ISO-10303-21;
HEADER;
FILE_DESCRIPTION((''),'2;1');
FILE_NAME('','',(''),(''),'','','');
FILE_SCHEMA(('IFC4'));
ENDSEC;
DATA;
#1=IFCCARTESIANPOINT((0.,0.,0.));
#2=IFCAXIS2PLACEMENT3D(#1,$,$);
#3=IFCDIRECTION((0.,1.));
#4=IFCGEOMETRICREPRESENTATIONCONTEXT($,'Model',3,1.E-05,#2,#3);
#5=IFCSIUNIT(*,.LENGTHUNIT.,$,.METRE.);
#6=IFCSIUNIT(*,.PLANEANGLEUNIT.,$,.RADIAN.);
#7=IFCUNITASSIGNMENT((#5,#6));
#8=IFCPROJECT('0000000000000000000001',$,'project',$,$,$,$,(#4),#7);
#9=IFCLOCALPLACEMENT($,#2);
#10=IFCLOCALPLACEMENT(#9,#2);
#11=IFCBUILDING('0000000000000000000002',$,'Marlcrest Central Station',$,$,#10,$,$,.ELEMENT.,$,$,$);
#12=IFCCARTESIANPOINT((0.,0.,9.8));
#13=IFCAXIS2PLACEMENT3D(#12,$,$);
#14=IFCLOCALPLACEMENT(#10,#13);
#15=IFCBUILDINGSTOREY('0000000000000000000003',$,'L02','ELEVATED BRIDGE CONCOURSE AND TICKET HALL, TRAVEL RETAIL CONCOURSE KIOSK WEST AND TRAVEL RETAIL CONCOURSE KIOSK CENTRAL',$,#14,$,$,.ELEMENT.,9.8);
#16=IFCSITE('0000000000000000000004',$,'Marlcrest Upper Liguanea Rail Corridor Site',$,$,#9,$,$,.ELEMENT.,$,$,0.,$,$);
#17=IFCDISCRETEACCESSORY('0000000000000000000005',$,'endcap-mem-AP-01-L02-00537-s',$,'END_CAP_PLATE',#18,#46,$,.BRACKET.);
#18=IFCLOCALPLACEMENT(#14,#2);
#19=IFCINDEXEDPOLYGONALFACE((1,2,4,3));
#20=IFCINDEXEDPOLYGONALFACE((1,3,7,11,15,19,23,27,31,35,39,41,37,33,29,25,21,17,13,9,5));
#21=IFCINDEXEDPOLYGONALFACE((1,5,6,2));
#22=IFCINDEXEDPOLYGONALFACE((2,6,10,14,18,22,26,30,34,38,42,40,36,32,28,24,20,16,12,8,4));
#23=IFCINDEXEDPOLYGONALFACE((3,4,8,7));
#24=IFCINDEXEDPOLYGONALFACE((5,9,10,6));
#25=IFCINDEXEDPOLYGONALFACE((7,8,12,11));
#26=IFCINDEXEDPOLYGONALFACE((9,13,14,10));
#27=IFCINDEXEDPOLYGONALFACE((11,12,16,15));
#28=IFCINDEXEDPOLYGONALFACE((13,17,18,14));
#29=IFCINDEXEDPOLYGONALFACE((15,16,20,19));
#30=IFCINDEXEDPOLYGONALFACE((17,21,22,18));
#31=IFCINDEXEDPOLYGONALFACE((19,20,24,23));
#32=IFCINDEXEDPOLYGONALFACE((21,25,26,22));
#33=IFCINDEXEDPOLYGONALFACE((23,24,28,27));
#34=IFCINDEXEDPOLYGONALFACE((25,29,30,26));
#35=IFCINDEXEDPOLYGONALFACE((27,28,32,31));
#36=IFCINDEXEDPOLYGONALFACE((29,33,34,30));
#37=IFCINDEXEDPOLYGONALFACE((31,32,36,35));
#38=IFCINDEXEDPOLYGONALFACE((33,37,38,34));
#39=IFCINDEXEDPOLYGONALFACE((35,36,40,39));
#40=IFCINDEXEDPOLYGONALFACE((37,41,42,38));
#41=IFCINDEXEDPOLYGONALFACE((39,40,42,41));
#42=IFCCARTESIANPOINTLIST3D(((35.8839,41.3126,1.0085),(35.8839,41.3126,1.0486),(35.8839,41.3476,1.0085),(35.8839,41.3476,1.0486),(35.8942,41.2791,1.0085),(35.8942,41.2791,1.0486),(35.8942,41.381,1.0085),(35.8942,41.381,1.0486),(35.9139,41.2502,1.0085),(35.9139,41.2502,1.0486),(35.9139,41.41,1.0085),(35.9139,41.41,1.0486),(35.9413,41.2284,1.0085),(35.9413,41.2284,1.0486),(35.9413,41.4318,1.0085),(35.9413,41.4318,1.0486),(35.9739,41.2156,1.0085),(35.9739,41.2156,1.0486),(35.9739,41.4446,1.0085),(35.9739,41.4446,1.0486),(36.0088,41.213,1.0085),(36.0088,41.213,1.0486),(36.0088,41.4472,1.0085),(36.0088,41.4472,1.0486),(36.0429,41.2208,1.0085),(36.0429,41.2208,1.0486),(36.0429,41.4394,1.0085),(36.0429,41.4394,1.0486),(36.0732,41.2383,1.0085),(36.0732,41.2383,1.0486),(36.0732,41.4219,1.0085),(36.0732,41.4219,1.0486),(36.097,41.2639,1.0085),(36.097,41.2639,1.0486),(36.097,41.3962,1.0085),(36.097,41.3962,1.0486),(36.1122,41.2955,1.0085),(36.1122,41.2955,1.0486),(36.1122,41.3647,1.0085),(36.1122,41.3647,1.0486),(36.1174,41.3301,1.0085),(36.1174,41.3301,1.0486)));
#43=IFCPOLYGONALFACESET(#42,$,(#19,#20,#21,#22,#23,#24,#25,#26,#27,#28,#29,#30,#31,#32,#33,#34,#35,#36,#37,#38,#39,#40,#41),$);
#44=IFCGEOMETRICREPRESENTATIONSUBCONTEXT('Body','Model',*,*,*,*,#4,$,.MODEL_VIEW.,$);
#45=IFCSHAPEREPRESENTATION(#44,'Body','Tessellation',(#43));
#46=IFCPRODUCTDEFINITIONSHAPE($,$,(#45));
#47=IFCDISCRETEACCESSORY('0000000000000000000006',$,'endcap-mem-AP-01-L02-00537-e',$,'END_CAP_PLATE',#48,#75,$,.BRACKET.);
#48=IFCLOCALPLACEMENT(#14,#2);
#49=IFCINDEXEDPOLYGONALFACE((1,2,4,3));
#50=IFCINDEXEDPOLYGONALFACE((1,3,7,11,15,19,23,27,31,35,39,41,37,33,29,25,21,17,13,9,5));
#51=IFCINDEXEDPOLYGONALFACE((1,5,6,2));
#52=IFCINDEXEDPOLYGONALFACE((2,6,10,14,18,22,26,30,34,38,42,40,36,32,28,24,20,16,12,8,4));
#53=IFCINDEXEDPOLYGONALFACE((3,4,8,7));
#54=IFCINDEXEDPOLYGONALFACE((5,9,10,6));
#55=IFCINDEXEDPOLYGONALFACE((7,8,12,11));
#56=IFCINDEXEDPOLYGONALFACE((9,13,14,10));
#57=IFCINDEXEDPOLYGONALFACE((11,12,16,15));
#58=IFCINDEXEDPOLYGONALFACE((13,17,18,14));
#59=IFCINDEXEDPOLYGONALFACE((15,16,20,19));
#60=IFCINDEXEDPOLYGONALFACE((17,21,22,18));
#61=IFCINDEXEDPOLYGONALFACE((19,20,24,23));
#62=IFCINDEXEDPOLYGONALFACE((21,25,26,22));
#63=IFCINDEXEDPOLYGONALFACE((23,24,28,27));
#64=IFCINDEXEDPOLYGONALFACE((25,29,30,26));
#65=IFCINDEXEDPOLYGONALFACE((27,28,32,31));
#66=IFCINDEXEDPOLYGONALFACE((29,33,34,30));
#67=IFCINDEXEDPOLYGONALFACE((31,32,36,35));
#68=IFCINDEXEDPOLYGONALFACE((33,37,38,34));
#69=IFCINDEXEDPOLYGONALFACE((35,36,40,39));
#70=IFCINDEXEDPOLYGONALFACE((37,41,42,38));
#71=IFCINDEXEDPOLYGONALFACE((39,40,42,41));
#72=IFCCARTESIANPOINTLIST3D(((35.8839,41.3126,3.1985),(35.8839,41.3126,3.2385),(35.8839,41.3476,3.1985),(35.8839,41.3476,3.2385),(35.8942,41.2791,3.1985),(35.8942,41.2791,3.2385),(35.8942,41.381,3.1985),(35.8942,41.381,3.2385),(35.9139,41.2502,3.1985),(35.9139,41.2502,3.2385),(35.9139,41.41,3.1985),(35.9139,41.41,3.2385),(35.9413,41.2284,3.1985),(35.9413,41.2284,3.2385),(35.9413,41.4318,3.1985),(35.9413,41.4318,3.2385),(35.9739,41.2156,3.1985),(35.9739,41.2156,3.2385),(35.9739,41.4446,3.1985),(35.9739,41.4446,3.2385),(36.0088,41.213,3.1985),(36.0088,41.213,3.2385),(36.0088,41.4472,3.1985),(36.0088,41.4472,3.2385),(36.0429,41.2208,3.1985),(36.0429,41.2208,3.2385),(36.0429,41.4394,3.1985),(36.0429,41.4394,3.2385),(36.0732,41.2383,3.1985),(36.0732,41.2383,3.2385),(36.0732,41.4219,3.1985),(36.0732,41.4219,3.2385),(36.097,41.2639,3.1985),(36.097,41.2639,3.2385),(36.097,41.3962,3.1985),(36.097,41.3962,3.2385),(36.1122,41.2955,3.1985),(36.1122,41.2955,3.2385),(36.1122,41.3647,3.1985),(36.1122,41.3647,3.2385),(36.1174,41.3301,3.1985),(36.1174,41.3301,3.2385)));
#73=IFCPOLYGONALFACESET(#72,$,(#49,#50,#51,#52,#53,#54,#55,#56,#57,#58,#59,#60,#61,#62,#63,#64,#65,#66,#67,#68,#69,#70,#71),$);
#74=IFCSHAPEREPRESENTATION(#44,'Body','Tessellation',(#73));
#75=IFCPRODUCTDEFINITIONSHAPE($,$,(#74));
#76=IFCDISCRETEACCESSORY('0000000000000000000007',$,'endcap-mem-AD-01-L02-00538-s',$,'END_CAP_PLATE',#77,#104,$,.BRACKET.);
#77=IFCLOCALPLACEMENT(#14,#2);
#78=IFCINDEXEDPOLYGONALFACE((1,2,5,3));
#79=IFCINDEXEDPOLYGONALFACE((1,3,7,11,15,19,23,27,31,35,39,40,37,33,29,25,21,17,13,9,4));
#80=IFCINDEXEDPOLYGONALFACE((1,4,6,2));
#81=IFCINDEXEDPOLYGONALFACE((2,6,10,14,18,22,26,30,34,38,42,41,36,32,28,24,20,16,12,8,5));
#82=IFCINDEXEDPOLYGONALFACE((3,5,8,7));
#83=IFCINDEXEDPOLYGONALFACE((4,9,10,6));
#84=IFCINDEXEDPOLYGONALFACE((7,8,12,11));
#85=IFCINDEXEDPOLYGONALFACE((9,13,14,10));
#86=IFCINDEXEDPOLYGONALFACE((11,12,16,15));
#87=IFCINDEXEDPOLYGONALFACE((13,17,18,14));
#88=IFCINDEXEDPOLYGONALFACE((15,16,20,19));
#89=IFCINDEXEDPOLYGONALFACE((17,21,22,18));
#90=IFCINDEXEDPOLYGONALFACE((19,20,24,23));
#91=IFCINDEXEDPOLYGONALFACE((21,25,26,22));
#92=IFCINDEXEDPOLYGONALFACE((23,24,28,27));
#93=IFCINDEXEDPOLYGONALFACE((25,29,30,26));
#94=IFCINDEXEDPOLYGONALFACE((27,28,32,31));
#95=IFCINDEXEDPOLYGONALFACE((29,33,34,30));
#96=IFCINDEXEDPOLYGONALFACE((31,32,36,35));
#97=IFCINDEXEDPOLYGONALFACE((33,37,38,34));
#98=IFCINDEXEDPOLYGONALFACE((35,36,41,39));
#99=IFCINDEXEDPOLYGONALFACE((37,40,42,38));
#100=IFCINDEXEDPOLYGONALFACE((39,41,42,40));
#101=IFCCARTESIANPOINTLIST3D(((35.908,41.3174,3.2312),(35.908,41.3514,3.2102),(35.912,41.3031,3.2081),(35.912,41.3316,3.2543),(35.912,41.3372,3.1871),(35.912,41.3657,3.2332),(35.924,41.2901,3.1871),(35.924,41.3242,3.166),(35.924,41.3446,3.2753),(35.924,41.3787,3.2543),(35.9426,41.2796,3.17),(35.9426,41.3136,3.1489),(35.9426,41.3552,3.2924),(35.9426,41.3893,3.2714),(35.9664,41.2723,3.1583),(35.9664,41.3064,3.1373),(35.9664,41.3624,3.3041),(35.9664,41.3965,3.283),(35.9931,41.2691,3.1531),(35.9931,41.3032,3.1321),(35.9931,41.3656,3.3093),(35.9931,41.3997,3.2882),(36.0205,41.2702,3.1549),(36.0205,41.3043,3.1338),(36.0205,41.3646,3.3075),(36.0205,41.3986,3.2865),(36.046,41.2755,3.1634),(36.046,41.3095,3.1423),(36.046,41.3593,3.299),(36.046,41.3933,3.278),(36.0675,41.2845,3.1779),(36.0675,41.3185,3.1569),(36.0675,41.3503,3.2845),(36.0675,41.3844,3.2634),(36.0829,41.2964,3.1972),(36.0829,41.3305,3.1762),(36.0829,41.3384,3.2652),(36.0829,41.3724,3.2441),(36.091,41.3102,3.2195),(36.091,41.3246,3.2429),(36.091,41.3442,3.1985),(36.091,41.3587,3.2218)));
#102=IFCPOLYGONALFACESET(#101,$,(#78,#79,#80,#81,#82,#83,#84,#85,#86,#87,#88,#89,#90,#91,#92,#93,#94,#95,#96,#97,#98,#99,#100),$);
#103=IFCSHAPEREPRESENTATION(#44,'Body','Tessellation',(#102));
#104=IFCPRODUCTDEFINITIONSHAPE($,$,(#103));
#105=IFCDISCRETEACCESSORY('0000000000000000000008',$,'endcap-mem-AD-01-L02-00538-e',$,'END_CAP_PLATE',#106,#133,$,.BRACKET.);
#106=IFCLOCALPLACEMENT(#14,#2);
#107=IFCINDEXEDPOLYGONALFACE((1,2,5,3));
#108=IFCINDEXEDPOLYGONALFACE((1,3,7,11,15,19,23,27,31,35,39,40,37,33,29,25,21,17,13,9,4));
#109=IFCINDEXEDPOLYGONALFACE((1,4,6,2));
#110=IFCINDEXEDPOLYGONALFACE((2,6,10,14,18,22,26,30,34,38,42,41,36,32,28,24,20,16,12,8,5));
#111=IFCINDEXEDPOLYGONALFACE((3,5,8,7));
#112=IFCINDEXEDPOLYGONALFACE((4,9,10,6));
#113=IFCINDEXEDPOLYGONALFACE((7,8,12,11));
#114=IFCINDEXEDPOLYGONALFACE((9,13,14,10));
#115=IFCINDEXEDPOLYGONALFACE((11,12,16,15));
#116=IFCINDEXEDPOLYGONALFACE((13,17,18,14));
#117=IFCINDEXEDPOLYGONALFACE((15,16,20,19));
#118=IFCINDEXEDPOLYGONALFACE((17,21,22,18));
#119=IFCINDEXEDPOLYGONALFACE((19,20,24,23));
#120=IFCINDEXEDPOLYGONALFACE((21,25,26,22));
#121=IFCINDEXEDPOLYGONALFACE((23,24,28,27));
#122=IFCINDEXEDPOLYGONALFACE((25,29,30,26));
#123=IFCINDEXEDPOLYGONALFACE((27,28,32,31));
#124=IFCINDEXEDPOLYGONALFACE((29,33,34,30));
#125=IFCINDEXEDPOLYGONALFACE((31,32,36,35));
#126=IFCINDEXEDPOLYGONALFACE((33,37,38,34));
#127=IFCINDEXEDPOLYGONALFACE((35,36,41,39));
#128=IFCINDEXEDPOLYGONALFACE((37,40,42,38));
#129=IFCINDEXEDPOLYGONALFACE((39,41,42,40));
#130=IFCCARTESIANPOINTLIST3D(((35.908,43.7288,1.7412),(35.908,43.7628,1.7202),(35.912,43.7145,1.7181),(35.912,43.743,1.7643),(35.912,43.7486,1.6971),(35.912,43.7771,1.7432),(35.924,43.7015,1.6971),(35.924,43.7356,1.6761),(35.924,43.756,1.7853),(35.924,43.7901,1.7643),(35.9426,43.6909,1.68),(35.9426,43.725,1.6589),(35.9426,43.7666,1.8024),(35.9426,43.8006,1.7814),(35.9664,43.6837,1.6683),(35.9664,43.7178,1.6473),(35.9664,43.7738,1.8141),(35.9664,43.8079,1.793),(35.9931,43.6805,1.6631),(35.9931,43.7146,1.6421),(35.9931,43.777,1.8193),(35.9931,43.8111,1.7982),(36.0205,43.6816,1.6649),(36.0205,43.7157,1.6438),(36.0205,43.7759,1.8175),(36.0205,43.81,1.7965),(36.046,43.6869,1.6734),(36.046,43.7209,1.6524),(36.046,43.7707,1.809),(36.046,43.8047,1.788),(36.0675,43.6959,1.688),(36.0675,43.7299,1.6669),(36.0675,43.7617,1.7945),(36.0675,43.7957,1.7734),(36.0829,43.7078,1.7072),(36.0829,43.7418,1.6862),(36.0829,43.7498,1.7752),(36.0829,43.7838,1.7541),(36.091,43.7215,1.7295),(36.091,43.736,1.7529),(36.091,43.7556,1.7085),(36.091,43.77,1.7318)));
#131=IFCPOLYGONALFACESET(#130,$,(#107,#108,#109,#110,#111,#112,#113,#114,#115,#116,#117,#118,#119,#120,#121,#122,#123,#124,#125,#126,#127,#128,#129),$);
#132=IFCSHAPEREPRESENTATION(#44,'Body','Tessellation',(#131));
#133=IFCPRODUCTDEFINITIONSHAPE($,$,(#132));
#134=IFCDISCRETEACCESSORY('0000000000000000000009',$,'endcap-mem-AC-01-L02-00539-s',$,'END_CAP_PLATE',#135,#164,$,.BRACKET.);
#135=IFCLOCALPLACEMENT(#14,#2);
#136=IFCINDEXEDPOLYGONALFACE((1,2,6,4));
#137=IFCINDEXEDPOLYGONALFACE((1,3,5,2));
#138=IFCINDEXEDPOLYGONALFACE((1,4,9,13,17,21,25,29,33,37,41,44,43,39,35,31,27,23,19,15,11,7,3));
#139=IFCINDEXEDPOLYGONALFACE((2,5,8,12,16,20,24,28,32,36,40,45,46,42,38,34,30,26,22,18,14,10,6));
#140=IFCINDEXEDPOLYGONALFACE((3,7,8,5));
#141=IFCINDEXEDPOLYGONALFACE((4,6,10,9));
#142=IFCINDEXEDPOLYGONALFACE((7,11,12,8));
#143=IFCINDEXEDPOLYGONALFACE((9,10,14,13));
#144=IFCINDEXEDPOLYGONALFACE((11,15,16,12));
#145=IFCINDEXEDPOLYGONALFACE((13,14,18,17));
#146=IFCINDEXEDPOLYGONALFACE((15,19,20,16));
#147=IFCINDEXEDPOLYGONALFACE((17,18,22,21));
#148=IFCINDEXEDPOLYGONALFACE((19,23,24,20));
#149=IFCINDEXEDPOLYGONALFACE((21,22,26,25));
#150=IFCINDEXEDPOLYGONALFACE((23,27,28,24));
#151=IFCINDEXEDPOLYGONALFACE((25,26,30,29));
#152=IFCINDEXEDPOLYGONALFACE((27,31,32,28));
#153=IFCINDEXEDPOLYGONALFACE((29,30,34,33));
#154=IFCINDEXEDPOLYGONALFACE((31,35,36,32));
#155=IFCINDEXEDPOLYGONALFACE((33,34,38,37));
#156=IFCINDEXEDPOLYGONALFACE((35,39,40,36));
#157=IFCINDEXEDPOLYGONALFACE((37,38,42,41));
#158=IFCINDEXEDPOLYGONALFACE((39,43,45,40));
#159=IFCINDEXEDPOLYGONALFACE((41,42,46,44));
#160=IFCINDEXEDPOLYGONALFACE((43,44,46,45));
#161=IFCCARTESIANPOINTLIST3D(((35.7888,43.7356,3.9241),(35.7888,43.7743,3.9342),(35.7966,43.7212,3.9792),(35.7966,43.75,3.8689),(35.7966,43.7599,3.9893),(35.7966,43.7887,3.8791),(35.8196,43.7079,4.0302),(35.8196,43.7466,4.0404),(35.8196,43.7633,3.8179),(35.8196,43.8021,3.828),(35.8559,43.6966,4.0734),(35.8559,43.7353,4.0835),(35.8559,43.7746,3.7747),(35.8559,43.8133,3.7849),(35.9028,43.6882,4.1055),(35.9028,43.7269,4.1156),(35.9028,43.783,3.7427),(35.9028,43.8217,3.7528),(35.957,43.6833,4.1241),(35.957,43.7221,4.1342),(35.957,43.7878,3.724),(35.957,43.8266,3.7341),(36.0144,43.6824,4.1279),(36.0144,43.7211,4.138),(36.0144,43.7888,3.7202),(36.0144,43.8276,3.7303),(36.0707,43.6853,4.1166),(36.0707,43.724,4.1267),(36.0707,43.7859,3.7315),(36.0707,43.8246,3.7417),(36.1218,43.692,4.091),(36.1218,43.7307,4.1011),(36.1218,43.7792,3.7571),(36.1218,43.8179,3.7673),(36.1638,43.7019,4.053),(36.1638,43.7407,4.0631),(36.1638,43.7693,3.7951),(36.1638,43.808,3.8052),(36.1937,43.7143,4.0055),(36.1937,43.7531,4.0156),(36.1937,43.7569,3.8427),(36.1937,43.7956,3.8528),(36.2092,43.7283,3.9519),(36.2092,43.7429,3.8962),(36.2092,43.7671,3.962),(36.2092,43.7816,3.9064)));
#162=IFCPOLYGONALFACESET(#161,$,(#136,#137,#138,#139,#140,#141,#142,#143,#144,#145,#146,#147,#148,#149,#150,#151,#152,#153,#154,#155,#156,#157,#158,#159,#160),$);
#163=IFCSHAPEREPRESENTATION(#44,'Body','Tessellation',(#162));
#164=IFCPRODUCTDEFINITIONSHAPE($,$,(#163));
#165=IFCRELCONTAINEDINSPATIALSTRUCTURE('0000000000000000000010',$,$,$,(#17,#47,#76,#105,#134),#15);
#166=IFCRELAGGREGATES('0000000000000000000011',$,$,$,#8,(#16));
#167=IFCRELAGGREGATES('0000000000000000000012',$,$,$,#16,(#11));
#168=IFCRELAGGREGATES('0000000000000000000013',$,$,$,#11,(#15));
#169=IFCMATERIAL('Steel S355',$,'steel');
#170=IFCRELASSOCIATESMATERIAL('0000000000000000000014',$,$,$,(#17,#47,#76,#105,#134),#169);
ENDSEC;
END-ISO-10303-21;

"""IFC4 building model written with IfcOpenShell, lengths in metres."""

from ifc_helpers import new_model, si_unit, direction, frame, origin, origin_2d, place, context, subcontext, project, spatial, circle, extrude, material, element, save


model = new_model("IFC4")

# Units and contexts
model_context = context("Model", 3, precision=1e-05, world=origin(), true_north=direction((0.0, 1.0)))
body_context = subcontext(model_context, "Body", "Model", "MODEL_VIEW")
ifc_project = project(units=[si_unit("LENGTHUNIT", "METRE"), si_unit("PLANEANGLEUNIT", "RADIAN")], contexts=[model_context])

# Site, building, storey
site_placement = place(None, origin())
site = spatial("IfcSite", under=ifc_project, at=site_placement, Name="Marlcrest Upper Liguanea Rail Corridor Site", CompositionType="ELEMENT", RefElevation=0.0)
building_placement = place(site_placement, origin())
building = spatial("IfcBuilding", under=site, at=building_placement, Name="Marlcrest Central Station", CompositionType="ELEMENT")
storey_placement = place(building_placement, frame((0.0, 0.0, 9.8)))
storey = spatial("IfcBuildingStorey", under=building, at=storey_placement, Name="L02", Description="ELEVATED BRIDGE CONCOURSE AND TICKET HALL, TRAVEL RETAIL CONCOURSE KIOSK WEST AND TRAVEL RETAIL CONCOURSE KIOSK CENTRAL", CompositionType="ELEMENT", Elevation=9.8)

# Shared definitions
ifc_material_1 = material(Name="Steel S355", Category="steel")

# Discrete accessories
for number, where, z_axis, x_axis, name in (
    (1, (36.0, 41.3301, 1.0085), (0.0, 0.0, 1.0), (1.0, 0.0, 0.0), "endcap-mem-AP-01-L02-00537-s"),
    (2, (36.0, 41.3301, 3.1985), (0.0, 0.0, 1.0), (1.0, 0.0, 0.0), "endcap-mem-AP-01-L02-00537-e"),
):
    element("IfcDiscreteAccessory", number, at=place(storey_placement, frame(where, z_axis=z_axis, x_axis=x_axis)), inside=storey, material=ifc_material_1, Name=name, ObjectType="END_CAP_PLATE", PredefinedType="BRACKET", context=body_context, shape_type="SweptSolid", body=[
        extrude(circle(Radius=0.1174, at=origin_2d()), origin(), (0.0, 0.0, 1.0), 0.04),
    ])
for number, where, z_axis, x_axis, name in (
    (3, (36.0, 41.3174, 3.2312), (0.0, 0.850687, -0.525672), (-1.0, 0.0, 0.0), "endcap-mem-AD-01-L02-00538-s"),
    (4, (36.0, 43.7288, 1.7412), (0.0, 0.850687, -0.525672), (-1.0, 0.0, 0.0), "endcap-mem-AD-01-L02-00538-e"),
):
    element("IfcDiscreteAccessory", number, at=place(storey_placement, frame(where, z_axis=z_axis, x_axis=x_axis)), inside=storey, material=ifc_material_1, Name=name, ObjectType="END_CAP_PLATE", PredefinedType="BRACKET", context=body_context, shape_type="SweptSolid", body=[
        extrude(circle(Radius=0.092, at=origin_2d()), origin(), (0.0, 0.0, 1.0), 0.04),
    ])
discrete_accessory_1_placement = place(storey_placement, frame((36.0, 43.7356, 3.9241), z_axis=(0.0, 0.967539, 0.25272), x_axis=(-1.0, 0.0, 0.0)))
element("IfcDiscreteAccessory", 5, at=discrete_accessory_1_placement, inside=storey, material=ifc_material_1, Name="endcap-mem-AC-01-L02-00539-s", ObjectType="END_CAP_PLATE", PredefinedType="BRACKET", context=body_context, shape_type="SweptSolid", body=[
    extrude(circle(Radius=0.2112, at=origin_2d()), origin(), (0.0, 0.0, 1.0), 0.04),
])

save(model, "model.ifc")
